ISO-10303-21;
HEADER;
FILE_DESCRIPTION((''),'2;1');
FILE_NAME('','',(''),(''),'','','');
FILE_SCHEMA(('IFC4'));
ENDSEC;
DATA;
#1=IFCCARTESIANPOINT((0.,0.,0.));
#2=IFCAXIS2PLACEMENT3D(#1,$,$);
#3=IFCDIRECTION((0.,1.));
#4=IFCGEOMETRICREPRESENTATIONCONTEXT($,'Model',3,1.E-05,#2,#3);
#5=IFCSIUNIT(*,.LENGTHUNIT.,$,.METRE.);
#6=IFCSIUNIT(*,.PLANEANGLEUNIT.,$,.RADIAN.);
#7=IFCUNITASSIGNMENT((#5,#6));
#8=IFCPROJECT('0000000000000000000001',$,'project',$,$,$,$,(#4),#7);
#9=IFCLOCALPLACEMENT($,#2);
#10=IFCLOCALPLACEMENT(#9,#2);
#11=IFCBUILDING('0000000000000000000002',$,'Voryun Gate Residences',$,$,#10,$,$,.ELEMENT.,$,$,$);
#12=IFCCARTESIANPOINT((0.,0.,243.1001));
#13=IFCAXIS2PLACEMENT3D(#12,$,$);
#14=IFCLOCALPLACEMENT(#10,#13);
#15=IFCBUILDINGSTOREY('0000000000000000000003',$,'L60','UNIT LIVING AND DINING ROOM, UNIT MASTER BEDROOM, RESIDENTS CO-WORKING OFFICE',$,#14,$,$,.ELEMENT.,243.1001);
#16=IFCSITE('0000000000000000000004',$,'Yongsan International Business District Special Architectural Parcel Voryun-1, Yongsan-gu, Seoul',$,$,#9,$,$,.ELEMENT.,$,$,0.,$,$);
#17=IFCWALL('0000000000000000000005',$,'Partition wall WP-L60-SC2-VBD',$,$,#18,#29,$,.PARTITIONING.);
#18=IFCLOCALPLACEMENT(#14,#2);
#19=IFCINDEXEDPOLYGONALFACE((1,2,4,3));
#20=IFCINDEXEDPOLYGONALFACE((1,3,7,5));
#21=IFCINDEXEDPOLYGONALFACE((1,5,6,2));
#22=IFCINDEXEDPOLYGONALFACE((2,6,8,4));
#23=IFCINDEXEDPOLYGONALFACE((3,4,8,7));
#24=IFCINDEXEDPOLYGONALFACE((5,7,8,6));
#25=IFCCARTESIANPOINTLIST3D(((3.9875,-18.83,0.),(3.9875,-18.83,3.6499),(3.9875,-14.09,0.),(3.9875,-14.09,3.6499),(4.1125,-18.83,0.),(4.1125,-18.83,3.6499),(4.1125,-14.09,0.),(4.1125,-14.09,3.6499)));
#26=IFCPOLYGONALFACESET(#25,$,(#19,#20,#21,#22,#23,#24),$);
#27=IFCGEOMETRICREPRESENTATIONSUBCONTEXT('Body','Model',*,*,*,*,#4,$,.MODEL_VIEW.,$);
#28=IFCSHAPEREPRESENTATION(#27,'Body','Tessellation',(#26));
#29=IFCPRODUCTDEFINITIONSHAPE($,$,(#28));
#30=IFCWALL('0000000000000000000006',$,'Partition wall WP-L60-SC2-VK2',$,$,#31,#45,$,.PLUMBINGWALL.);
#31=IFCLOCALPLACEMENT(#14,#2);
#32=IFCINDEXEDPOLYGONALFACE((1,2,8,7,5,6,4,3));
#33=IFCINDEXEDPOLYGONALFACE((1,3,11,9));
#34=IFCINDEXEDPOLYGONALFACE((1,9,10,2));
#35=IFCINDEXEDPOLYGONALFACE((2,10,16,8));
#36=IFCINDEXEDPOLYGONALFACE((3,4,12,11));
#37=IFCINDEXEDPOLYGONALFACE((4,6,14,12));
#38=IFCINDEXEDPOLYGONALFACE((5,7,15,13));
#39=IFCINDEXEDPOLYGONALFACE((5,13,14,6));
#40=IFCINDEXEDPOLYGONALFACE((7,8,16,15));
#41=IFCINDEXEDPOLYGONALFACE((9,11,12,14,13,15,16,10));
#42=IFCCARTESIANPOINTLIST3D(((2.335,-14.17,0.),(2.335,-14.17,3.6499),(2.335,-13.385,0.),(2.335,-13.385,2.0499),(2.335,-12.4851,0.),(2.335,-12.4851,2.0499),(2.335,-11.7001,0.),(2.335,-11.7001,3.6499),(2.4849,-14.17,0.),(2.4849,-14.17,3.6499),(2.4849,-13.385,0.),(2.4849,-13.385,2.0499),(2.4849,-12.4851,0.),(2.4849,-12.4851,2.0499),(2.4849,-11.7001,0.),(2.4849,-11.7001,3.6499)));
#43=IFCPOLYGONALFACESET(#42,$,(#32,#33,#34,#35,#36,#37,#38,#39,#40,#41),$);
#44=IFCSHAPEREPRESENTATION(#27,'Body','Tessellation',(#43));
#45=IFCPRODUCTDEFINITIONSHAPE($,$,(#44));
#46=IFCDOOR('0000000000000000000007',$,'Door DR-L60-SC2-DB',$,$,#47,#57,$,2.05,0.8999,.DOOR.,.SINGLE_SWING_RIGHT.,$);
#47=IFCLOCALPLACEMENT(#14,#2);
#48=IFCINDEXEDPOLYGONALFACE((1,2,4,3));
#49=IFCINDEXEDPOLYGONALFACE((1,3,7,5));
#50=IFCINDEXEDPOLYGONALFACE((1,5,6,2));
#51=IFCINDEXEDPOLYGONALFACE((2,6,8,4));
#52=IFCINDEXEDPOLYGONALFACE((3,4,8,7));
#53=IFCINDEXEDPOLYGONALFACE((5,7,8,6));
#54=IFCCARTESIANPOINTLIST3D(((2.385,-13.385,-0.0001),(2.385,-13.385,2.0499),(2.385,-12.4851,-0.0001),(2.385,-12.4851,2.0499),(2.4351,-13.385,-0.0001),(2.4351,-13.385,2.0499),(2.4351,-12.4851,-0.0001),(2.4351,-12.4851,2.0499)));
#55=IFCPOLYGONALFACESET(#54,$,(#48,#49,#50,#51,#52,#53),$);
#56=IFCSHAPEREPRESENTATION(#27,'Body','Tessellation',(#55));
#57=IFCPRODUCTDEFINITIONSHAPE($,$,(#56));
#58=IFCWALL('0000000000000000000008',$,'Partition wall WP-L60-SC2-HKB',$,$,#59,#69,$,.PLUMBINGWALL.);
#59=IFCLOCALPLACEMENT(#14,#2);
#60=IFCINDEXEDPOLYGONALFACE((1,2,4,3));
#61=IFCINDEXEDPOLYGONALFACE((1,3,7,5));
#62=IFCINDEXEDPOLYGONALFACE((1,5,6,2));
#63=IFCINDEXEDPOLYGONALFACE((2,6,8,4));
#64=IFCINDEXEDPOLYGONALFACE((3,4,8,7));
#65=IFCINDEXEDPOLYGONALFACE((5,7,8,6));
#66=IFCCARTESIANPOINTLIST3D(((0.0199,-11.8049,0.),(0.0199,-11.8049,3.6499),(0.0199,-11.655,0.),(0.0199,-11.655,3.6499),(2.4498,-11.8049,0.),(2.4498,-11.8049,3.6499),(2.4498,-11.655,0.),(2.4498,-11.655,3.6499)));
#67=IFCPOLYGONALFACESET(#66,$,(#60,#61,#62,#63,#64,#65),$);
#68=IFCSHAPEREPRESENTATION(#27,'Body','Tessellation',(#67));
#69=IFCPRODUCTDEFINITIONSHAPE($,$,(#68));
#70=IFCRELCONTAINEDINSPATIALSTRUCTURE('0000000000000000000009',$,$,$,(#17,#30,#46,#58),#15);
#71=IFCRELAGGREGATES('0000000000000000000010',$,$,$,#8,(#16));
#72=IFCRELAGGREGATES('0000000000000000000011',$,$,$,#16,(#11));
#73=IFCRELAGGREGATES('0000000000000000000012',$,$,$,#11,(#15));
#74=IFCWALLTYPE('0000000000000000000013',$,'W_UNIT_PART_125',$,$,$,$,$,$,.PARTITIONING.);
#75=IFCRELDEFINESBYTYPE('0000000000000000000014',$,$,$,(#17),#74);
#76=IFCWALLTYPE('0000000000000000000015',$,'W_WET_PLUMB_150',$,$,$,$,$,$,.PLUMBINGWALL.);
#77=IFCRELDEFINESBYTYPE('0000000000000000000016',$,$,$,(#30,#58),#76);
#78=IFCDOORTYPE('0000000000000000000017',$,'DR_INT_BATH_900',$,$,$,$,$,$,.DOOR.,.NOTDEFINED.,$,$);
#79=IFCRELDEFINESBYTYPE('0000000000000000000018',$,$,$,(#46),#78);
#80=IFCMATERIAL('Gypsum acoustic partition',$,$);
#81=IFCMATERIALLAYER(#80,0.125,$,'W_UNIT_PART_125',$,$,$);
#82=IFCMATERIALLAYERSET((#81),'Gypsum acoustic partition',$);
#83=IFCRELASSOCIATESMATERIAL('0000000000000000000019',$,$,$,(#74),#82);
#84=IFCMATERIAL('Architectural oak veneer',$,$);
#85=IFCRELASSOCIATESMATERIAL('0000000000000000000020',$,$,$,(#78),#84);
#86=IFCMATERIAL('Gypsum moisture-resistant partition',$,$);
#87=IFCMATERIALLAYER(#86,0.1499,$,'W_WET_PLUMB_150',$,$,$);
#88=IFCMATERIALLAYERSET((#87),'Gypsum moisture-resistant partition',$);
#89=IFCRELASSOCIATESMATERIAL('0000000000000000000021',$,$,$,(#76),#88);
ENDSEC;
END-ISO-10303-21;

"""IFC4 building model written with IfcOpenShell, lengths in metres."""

from ifc_helpers import new_model, si_unit, direction, frame, frame_2d, origin, place, context, subcontext, project, spatial, rectangle, extrude, material, layer, layer_set, type_object, element, fill, save


model = new_model("IFC4")

# Units and contexts
model_context = context("Model", 3, precision=1e-05, world=origin(), true_north=direction((0.0, 1.0)))
body_context = subcontext(model_context, "Body", "Model", "MODEL_VIEW")
ifc_project = project(units=[si_unit("LENGTHUNIT", "METRE"), si_unit("PLANEANGLEUNIT", "RADIAN")], contexts=[model_context])

# Site, building, storey
site_placement = place(None, origin())
site = spatial("IfcSite", under=ifc_project, at=site_placement, Name="Yongsan International Business District Special Architectural Parcel Voryun-1, Yongsan-gu, Seoul", CompositionType="ELEMENT", RefElevation=0.0)
building_placement = place(site_placement, origin())
building = spatial("IfcBuilding", under=site, at=building_placement, Name="Voryun Gate Residences", CompositionType="ELEMENT")
storey_placement = place(building_placement, frame((0.0, 0.0, 243.1001)))
storey = spatial("IfcBuildingStorey", under=building, at=storey_placement, Name="L60", Description="UNIT LIVING AND DINING ROOM, UNIT MASTER BEDROOM, RESIDENTS CO-WORKING OFFICE", CompositionType="ELEMENT", Elevation=243.1001)

# Shared definitions
ifc_material_1 = material(Name="Gypsum acoustic partition")
ifc_layer_1 = layer(ifc_material_1, 0.125, Name="W_UNIT_PART_125")
ifc_layer_set_1 = layer_set([ifc_layer_1], Name="Gypsum acoustic partition")
wall_type_1 = type_object("IfcWallType", Name="W_UNIT_PART_125", PredefinedType="PARTITIONING", material=ifc_layer_set_1)

# Shared definitions
ifc_material_2 = material(Name="Architectural oak veneer")
door_type = type_object("IfcDoorType", Name="DR_INT_BATH_900", OperationType="NOTDEFINED", PredefinedType="DOOR", material=ifc_material_2)

# Wall
wall_1_placement = place(storey_placement, frame((4.05, -18.8301, 0.0), z_axis=(0.0, 0.0, 1.0), x_axis=(0.0, 1.0, 0.0)))
element("IfcWall", 1, at=wall_1_placement, inside=storey, type_object=wall_type_1, Name="Partition wall WP-L60-SC2-VBD", PredefinedType="PARTITIONING", context=body_context, shape_type="SweptSolid", body=[
    extrude(rectangle(XDim=4.74, YDim=0.125, at=frame_2d((2.3701, 0.0))), origin(), (0.0, 0.0, 1.0), 3.6499),
])

# Wall, opening, door
ifc_material_3 = material(Name="Gypsum moisture-resistant partition")
ifc_layer_2 = layer(ifc_material_3, 0.1499, Name="W_WET_PLUMB_150")
ifc_layer_set_2 = layer_set([ifc_layer_2], Name="Gypsum moisture-resistant partition")
wall_type_2 = type_object("IfcWallType", Name="W_WET_PLUMB_150", PredefinedType="PLUMBINGWALL", material=ifc_layer_set_2)
wall_2_placement = place(storey_placement, frame((2.4099, -14.1699, 0.0), z_axis=(0.0, 0.0, 1.0), x_axis=(0.0, 1.0, 0.0)))
wall_2 = element("IfcWall", 2, at=wall_2_placement, inside=storey, type_object=wall_type_2, Name="Partition wall WP-L60-SC2-VK2", PredefinedType="PLUMBINGWALL", context=body_context, shape_type="SweptSolid", body=[
    extrude(rectangle(XDim=2.47, YDim=0.1499, at=frame_2d((1.2349, 0.0))), origin(), (0.0, 0.0, 1.0), 3.6499),
])
opening_1_placement = place(wall_2_placement, frame((0.7849, 0.0, 0.0)))
opening_1 = element("IfcOpeningElement", 3, at=opening_1_placement, cuts=wall_2, PredefinedType="OPENING", context=body_context, shape_type="SweptSolid", body=[
    extrude(rectangle(XDim=0.8999, YDim=2.05, at=frame_2d((0.45, 1.0249))), frame((0.0, 0.085, 0.0), z_axis=(0.0, -1.0, 0.0), x_axis=(1.0, 0.0, 0.0)), (0.0, 0.0, 1.0), 0.1699),
])
door_1_placement = place(opening_1_placement, origin())
door_1 = element("IfcDoor", 4, at=door_1_placement, inside=storey, type_object=door_type, Name="Door DR-L60-SC2-DB", OperationType="SINGLE_SWING_RIGHT", OverallHeight=2.05, OverallWidth=0.8999, PredefinedType="DOOR", context=body_context, shape_type="SweptSolid", body=[
    extrude(rectangle(XDim=0.8999, YDim=2.05, at=frame_2d((0.45, 1.0249))), frame((0.0, 0.0249, 0.0), z_axis=(0.0, -1.0, 0.0), x_axis=(1.0, 0.0, 0.0)), (0.0, 0.0, 1.0), 0.05),
])
fill(opening_1, door_1)

# Wall
wall_3_placement = place(storey_placement, frame((0.02, -11.73, 0.0), z_axis=(0.0, 0.0, 1.0), x_axis=(1.0, 0.0, 0.0)))
element("IfcWall", 5, at=wall_3_placement, inside=storey, type_object=wall_type_2, Name="Partition wall WP-L60-SC2-HKB", PredefinedType="PLUMBINGWALL", context=body_context, shape_type="SweptSolid", body=[
    extrude(rectangle(XDim=2.4299, YDim=0.1499, at=frame_2d((1.2148, 0.0))), origin(), (0.0, 0.0, 1.0), 3.6499),
])

save(model, "model.ifc")
